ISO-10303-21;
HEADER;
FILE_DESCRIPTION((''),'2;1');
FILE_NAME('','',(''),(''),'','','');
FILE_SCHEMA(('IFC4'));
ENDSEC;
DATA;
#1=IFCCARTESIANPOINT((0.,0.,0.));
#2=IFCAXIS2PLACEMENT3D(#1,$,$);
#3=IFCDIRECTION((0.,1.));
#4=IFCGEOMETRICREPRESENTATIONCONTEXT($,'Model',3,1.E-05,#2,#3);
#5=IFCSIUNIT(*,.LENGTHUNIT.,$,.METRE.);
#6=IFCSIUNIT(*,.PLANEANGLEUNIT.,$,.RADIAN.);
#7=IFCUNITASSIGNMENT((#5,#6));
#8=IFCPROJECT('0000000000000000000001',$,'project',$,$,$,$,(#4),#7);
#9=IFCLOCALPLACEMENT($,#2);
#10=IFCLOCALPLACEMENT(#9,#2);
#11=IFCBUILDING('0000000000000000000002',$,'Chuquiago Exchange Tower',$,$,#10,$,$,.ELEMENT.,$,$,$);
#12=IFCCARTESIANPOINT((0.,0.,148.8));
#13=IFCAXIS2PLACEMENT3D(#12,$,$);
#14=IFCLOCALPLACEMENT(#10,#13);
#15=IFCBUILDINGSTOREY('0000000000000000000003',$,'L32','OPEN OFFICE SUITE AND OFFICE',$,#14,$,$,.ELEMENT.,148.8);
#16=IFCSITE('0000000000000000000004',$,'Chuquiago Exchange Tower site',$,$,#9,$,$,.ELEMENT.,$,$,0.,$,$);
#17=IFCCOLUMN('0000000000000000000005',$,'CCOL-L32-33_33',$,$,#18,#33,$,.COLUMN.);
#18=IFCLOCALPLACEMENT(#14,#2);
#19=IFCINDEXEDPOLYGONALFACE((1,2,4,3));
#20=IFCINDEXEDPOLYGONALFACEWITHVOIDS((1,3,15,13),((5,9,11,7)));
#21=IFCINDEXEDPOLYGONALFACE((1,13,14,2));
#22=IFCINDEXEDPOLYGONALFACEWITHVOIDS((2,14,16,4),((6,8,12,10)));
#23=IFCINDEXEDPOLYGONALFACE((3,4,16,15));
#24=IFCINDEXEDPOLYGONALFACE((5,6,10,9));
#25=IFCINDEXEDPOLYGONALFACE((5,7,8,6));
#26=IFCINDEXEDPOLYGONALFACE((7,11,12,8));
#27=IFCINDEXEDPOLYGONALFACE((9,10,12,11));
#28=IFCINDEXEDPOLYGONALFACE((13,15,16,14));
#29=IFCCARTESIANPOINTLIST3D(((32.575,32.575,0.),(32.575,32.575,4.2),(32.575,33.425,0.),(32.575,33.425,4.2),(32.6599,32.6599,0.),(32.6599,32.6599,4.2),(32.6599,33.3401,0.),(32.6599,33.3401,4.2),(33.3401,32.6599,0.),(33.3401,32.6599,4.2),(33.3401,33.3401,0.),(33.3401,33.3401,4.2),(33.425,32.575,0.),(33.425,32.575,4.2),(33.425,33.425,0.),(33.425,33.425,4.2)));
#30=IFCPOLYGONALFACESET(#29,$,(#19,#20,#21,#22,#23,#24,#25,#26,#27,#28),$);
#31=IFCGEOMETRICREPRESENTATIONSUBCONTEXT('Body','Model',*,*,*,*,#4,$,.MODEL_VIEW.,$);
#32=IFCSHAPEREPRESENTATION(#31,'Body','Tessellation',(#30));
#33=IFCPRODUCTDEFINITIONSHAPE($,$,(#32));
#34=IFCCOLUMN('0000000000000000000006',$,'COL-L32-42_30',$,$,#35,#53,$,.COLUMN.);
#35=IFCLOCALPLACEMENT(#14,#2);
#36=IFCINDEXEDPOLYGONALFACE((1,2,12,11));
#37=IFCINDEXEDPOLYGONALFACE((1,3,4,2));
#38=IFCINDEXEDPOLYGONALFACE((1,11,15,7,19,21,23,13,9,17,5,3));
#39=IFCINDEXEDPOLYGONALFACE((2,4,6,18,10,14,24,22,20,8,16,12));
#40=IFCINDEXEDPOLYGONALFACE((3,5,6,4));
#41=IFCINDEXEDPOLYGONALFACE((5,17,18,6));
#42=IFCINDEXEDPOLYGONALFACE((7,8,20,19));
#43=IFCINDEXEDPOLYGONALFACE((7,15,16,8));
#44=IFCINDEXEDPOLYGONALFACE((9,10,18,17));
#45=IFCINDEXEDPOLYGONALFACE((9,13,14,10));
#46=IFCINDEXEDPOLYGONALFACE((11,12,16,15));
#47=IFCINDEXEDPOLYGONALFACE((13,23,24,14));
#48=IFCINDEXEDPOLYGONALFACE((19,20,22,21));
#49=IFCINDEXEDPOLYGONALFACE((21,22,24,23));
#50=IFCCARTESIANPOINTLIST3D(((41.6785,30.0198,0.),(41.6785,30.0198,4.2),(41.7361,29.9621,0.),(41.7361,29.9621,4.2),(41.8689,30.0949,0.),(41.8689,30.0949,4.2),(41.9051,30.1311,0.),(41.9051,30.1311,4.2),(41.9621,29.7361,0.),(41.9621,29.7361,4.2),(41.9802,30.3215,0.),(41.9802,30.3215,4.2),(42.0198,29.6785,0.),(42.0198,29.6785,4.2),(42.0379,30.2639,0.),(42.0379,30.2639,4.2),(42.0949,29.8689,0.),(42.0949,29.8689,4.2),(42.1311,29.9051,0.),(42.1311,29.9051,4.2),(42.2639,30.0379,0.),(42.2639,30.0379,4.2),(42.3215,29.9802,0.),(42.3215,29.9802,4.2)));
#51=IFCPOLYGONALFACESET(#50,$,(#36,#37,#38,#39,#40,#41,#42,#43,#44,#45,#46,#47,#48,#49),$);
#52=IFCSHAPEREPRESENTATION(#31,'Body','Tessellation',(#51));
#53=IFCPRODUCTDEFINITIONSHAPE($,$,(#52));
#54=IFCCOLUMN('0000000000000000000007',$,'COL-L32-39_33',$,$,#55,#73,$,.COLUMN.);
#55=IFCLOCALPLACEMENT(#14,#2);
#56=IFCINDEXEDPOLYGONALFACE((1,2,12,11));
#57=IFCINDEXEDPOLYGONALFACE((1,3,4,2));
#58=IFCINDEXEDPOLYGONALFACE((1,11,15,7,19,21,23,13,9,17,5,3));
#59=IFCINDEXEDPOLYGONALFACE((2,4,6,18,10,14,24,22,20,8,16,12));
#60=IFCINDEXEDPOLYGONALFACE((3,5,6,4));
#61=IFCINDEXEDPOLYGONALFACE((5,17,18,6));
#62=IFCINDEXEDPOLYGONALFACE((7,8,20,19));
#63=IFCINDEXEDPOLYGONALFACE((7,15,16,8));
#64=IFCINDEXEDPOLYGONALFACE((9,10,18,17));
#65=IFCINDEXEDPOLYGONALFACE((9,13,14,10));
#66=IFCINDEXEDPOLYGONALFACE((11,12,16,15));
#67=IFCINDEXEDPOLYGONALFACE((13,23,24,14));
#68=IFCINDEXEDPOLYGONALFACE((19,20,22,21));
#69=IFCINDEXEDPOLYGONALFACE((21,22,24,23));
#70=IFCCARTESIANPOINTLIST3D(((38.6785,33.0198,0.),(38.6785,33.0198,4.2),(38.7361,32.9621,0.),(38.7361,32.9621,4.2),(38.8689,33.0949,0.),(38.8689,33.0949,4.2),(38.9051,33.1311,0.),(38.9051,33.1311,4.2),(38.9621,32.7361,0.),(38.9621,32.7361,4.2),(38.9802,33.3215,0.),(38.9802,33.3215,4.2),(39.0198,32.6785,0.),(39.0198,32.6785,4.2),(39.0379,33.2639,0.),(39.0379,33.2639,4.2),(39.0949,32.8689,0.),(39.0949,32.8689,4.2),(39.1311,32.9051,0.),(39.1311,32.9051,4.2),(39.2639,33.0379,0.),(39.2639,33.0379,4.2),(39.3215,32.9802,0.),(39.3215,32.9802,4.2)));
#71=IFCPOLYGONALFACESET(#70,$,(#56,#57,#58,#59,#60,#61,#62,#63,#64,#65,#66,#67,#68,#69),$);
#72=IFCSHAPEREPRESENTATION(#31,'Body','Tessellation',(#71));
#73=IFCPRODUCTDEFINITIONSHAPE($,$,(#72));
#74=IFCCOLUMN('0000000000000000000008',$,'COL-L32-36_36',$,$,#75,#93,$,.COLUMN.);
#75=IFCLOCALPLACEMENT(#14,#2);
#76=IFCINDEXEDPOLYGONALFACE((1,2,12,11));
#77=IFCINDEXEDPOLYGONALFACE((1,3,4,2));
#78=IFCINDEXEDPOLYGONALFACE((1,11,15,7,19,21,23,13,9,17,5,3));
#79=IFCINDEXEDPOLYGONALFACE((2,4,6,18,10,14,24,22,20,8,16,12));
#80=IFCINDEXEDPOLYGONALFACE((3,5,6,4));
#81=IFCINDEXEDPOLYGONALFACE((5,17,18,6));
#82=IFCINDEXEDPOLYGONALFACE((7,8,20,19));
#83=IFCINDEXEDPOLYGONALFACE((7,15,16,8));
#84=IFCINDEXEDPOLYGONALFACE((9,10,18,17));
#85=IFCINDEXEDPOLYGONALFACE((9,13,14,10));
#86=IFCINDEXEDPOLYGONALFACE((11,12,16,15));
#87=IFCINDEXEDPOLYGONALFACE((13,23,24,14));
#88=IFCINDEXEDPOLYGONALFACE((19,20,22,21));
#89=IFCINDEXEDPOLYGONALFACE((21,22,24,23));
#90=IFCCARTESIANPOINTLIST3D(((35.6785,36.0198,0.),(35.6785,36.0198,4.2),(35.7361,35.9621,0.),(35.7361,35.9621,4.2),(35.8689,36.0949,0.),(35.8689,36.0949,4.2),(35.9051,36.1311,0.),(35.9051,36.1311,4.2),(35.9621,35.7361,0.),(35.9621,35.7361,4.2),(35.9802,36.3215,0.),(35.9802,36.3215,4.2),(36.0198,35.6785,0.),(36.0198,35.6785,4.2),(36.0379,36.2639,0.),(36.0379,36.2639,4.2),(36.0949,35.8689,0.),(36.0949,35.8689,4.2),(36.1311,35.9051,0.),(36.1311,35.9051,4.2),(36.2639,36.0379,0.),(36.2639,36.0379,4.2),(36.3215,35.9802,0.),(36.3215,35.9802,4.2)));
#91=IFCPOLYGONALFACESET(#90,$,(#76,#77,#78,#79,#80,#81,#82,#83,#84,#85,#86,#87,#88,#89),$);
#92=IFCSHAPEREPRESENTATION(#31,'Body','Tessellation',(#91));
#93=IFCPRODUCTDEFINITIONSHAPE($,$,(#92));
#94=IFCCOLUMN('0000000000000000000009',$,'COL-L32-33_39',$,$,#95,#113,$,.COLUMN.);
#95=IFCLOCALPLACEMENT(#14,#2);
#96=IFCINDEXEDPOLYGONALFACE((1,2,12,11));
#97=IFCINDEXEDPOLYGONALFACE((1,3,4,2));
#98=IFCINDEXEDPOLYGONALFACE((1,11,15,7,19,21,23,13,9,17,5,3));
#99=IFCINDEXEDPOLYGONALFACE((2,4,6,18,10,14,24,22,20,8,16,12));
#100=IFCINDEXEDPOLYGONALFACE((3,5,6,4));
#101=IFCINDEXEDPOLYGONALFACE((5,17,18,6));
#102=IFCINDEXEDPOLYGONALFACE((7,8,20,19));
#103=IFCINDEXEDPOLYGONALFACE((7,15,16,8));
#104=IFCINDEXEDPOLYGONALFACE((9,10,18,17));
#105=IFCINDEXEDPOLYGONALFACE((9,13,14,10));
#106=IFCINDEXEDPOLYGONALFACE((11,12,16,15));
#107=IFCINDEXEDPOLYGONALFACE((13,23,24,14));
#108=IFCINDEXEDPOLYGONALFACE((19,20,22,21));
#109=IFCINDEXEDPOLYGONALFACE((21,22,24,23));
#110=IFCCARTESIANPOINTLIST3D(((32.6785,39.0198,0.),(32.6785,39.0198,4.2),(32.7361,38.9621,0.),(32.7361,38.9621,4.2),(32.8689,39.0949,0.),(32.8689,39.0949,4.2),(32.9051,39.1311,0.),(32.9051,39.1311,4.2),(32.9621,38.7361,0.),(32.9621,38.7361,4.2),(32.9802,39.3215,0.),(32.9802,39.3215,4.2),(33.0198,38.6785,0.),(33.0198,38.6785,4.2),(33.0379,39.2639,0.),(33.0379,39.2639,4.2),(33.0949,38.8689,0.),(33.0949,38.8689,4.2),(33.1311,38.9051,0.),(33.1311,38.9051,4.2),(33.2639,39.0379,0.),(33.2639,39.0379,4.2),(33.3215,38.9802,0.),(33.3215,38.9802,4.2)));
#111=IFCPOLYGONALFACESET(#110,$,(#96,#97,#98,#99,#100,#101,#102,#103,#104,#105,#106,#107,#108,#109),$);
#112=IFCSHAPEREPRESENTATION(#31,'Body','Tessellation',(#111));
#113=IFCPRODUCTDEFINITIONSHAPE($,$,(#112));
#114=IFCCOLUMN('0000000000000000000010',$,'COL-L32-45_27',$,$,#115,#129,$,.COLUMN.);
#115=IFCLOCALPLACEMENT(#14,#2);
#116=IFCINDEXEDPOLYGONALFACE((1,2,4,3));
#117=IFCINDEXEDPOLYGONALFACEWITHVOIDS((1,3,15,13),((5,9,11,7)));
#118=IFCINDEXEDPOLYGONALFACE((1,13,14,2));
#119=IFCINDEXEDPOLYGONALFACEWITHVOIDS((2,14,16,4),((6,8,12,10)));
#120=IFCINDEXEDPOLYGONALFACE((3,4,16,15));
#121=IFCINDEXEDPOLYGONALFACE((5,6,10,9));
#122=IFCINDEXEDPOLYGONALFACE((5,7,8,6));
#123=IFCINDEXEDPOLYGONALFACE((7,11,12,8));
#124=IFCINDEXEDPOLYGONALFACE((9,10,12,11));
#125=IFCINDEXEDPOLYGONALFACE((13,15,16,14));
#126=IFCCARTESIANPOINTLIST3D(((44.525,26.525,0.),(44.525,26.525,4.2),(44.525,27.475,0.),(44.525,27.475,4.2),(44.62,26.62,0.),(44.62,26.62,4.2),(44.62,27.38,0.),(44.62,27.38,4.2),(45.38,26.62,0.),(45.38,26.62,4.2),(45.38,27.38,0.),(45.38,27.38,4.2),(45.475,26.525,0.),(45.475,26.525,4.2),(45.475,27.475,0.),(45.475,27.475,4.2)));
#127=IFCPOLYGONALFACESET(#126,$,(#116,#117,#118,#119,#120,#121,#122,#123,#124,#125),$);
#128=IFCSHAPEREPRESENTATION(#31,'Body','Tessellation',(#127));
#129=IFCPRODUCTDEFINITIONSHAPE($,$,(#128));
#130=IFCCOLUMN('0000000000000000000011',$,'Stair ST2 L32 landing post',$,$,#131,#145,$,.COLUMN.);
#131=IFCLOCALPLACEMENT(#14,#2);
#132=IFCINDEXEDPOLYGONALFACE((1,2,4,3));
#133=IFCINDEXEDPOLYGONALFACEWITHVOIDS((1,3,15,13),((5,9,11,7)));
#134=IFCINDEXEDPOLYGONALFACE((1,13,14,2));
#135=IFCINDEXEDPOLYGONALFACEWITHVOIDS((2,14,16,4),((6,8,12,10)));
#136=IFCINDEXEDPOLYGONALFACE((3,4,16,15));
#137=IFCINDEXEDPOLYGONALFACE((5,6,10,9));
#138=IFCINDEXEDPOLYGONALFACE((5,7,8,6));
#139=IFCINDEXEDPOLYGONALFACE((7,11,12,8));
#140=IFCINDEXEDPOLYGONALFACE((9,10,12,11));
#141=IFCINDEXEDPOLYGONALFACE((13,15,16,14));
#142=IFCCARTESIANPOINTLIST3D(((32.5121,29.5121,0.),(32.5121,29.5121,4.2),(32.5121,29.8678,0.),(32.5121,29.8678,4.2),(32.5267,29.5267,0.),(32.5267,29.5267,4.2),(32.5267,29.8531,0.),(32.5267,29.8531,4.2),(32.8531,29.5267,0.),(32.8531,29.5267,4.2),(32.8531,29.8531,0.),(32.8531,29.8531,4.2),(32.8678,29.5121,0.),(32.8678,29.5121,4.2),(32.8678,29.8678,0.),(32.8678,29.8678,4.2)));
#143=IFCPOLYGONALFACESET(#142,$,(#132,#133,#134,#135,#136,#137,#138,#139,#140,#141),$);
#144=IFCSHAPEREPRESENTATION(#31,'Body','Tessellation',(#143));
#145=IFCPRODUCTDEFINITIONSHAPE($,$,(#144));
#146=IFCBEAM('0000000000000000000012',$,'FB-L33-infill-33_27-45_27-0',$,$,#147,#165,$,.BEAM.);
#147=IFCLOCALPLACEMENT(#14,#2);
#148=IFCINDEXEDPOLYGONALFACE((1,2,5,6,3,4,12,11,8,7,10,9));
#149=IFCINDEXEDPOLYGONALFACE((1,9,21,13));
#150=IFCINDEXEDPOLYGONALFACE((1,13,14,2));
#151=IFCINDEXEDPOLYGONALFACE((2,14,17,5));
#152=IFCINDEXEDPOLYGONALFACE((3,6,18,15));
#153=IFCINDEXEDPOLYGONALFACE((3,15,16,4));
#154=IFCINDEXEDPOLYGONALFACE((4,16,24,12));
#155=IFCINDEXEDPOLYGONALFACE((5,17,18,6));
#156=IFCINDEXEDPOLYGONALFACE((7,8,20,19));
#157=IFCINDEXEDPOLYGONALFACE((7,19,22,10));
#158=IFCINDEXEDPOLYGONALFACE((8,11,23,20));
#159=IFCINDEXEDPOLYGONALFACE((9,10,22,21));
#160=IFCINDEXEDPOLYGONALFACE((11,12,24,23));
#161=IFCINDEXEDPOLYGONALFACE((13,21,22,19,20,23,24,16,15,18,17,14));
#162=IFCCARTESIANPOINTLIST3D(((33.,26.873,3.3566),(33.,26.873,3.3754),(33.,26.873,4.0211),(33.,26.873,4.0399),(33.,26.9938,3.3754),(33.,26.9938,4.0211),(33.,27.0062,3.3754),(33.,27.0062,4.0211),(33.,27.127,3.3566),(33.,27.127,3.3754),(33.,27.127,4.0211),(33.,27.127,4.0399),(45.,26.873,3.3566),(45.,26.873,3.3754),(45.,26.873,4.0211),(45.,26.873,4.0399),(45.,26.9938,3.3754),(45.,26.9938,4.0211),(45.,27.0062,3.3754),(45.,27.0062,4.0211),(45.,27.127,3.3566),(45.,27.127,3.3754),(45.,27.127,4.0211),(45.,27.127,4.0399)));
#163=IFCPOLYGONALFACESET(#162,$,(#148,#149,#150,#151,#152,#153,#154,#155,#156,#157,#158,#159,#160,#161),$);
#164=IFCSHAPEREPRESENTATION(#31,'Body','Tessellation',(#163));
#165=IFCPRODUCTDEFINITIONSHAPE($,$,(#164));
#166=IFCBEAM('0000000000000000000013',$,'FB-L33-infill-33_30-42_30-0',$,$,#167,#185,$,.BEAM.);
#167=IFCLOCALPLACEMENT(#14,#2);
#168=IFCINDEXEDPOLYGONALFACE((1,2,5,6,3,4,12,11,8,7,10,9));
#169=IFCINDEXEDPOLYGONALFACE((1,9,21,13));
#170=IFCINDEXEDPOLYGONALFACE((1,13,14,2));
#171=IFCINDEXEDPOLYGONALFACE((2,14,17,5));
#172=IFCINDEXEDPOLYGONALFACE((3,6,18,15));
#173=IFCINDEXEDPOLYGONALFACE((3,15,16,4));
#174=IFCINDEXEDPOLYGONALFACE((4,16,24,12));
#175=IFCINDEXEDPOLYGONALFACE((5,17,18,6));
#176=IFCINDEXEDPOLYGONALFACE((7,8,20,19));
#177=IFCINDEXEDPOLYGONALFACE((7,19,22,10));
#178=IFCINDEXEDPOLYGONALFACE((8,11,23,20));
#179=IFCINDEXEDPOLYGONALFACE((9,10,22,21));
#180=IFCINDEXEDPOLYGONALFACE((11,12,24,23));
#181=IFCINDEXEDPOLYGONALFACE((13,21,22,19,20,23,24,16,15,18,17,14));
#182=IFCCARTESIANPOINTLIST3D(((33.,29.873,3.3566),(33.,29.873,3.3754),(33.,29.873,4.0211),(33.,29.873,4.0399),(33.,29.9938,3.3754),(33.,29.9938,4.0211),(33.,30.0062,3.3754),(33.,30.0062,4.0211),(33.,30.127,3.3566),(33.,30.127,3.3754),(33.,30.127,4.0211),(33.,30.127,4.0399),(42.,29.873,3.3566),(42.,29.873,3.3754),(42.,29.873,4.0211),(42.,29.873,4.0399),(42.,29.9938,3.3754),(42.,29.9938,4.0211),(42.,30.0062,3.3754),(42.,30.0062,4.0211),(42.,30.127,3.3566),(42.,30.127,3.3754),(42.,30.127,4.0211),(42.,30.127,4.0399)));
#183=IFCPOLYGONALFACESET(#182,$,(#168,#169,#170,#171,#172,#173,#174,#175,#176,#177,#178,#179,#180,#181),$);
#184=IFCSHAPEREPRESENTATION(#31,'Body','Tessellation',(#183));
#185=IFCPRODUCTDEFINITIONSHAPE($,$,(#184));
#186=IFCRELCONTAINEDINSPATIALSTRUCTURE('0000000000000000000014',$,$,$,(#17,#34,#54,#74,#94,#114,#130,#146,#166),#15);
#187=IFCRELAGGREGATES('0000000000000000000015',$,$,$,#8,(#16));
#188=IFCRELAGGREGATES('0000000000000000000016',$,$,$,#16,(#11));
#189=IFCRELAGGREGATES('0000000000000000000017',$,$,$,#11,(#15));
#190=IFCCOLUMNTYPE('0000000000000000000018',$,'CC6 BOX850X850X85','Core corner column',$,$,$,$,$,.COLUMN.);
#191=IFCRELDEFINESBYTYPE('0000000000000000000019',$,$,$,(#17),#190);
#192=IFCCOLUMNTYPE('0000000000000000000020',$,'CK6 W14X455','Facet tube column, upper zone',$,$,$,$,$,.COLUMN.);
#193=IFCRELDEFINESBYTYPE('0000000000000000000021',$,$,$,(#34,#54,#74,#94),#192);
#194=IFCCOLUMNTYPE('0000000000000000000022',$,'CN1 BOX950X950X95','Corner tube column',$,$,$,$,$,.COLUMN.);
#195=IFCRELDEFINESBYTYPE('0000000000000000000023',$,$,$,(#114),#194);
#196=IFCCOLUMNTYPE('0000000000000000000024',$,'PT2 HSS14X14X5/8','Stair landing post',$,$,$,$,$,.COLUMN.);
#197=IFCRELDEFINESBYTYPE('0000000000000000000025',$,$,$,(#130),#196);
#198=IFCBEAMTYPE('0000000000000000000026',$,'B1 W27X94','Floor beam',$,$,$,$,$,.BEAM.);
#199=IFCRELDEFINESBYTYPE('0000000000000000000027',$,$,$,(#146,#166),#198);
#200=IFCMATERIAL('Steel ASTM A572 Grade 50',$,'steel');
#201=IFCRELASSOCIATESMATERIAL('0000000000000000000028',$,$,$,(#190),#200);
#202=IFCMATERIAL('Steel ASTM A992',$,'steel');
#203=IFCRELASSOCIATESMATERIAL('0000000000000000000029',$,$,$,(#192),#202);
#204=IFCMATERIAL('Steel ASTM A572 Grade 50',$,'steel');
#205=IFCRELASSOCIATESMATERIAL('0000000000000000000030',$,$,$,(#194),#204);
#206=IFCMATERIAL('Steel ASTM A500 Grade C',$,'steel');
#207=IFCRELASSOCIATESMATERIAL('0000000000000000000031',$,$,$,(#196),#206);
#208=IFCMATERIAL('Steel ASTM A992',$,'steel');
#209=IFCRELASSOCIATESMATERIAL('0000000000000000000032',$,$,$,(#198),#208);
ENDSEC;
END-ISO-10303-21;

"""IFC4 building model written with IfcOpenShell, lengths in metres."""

from ifc_helpers import new_model, si_unit, direction, frame, origin, origin_2d, place, context, subcontext, project, spatial, hollow_rectangle, i_section, extrude, material, material_profile, profile_set, type_object, element, save


model = new_model("IFC4")

# Units and contexts
model_context = context("Model", 3, precision=1e-05, world=origin(), true_north=direction((0.0, 1.0)))
body_context = subcontext(model_context, "Body", "Model", "MODEL_VIEW")
ifc_project = project(units=[si_unit("LENGTHUNIT", "METRE"), si_unit("PLANEANGLEUNIT", "RADIAN")], contexts=[model_context])

# Site, building, storey
site_placement = place(None, origin())
site = spatial("IfcSite", under=ifc_project, at=site_placement, Name="Chuquiago Exchange Tower site", CompositionType="ELEMENT", RefElevation=0.0)
building_placement = place(site_placement, origin())
building = spatial("IfcBuilding", under=site, at=building_placement, Name="Chuquiago Exchange Tower", CompositionType="ELEMENT")
storey_placement = place(building_placement, frame((0.0, 0.0, 148.8)))
storey = spatial("IfcBuildingStorey", under=building, at=storey_placement, Name="L32", Description="OPEN OFFICE SUITE AND OFFICE", CompositionType="ELEMENT", Elevation=148.8)

# Columns
ifc_material_1 = material(Name="Steel ASTM A572 Grade 50", Category="steel")
ifc_material_profile_1 = material_profile(ifc_material_1, hollow_rectangle(XDim=0.8501, YDim=0.8501, WallThickness=0.085, at=origin_2d()), Name="BOX850X850X85")
ifc_profile_set_1 = profile_set([ifc_material_profile_1], Name="Steel ASTM A572 Grade 50")
column_type_1 = type_object("IfcColumnType", Name="CC6 BOX850X850X85", Description="Core corner column", PredefinedType="COLUMN", material=ifc_profile_set_1)
column_1_placement = place(storey_placement, frame((33.0, 33.0, 0.0), z_axis=(0.0, 0.0, 1.0), x_axis=(1.0, 0.0, 0.0)))
element("IfcColumn", 1, at=column_1_placement, inside=storey, type_object=column_type_1, Name="CCOL-L32-33_33", PredefinedType="COLUMN", context=body_context, shape_type="SweptSolid", body=[
    extrude(hollow_rectangle(XDim=0.8501, YDim=0.8501, WallThickness=0.085, at=origin_2d()), origin(), (0.0, 0.0, 1.0), 4.2),
])
ifc_material_2 = material(Name="Steel ASTM A992", Category="steel")
ifc_material_profile_2 = material_profile(ifc_material_2, i_section(OverallWidth=0.4268, OverallDepth=0.4827, WebThickness=0.0513, FlangeThickness=0.0815, at=origin_2d()), Name="W14X455")
ifc_profile_set_2 = profile_set([ifc_material_profile_2], Name="Steel ASTM A992")
column_type_2 = type_object("IfcColumnType", Name="CK6 W14X455", Description="Facet tube column, upper zone", PredefinedType="COLUMN", material=ifc_profile_set_2)
for number, where, z_axis, x_axis, name in (
    (2, (42.0, 30.0, 0.0), (0.0, 0.0, 1.0), (0.707107, 0.707107, 0.0), "COL-L32-42_30"),
    (3, (39.0, 33.0, 0.0), (0.0, 0.0, 1.0), (0.707107, 0.707107, 0.0), "COL-L32-39_33"),
    (4, (36.0, 36.0, 0.0), (0.0, 0.0, 1.0), (0.707107, 0.707107, 0.0), "COL-L32-36_36"),
    (5, (33.0, 39.0, 0.0), (0.0, 0.0, 1.0), (0.707107, 0.707107, 0.0), "COL-L32-33_39"),
):
    element("IfcColumn", number, at=place(storey_placement, frame(where, z_axis=z_axis, x_axis=x_axis)), inside=storey, type_object=column_type_2, Name=name, PredefinedType="COLUMN", context=body_context, shape_type="SweptSolid", body=[
        extrude(i_section(OverallWidth=0.4268, OverallDepth=0.4827, WebThickness=0.0513, FlangeThickness=0.0815, at=origin_2d()), origin(), (0.0, 0.0, 1.0), 4.2),
    ])
ifc_material_3 = material(Name="Steel ASTM A572 Grade 50", Category="steel")
ifc_material_profile_3 = material_profile(ifc_material_3, hollow_rectangle(XDim=0.95, YDim=0.95, WallThickness=0.095, at=origin_2d()), Name="BOX950X950X95")
ifc_profile_set_3 = profile_set([ifc_material_profile_3], Name="Steel ASTM A572 Grade 50")
column_type_3 = type_object("IfcColumnType", Name="CN1 BOX950X950X95", Description="Corner tube column", PredefinedType="COLUMN", material=ifc_profile_set_3)
column_2_placement = place(storey_placement, frame((45.0, 27.0, 0.0), z_axis=(0.0, 0.0, 1.0), x_axis=(1.0, 0.0, 0.0)))
element("IfcColumn", 6, at=column_2_placement, inside=storey, type_object=column_type_3, Name="COL-L32-45_27", PredefinedType="COLUMN", context=body_context, shape_type="SweptSolid", body=[
    extrude(hollow_rectangle(XDim=0.95, YDim=0.95, WallThickness=0.095, at=origin_2d()), origin(), (0.0, 0.0, 1.0), 4.2),
])
ifc_material_4 = material(Name="Steel ASTM A500 Grade C", Category="steel")
ifc_material_profile_4 = material_profile(ifc_material_4, hollow_rectangle(XDim=0.3557, YDim=0.3557, WallThickness=0.0146, at=origin_2d()), Name="HSS14X14X5/8")
ifc_profile_set_4 = profile_set([ifc_material_profile_4], Name="Steel ASTM A500 Grade C")
column_type_4 = type_object("IfcColumnType", Name="PT2 HSS14X14X5/8", Description="Stair landing post", PredefinedType="COLUMN", material=ifc_profile_set_4)
column_3_placement = place(storey_placement, frame((32.6899, 29.6899, 0.0), z_axis=(0.0, 0.0, 1.0), x_axis=(1.0, 0.0, 0.0)))
element("IfcColumn", 7, at=column_3_placement, inside=storey, type_object=column_type_4, Name="Stair ST2 L32 landing post", PredefinedType="COLUMN", context=body_context, shape_type="SweptSolid", body=[
    extrude(hollow_rectangle(XDim=0.3557, YDim=0.3557, WallThickness=0.0146, at=origin_2d()), origin(), (0.0, 0.0, 1.0), 4.2),
])

# Beams
ifc_material_5 = material(Name="Steel ASTM A992", Category="steel")
ifc_material_profile_5 = material_profile(ifc_material_5, i_section(OverallWidth=0.2539, OverallDepth=0.6833, WebThickness=0.0125, FlangeThickness=0.0188, at=origin_2d()), Name="W27X94")
ifc_profile_set_5 = profile_set([ifc_material_profile_5], Name="Steel ASTM A992")
beam_type_1 = type_object("IfcBeamType", Name="B1 W27X94", Description="Floor beam", PredefinedType="BEAM", material=ifc_profile_set_5)
beam_1_placement = place(storey_placement, frame((33.0, 27.0, 3.6982), z_axis=(1.0, 0.0, 0.0), x_axis=(0.0, 1.0, 0.0)))
element("IfcBeam", 8, at=beam_1_placement, inside=storey, type_object=beam_type_1, Name="FB-L33-infill-33_27-45_27-0", PredefinedType="BEAM", context=body_context, shape_type="SweptSolid", body=[
    extrude(i_section(OverallWidth=0.2539, OverallDepth=0.6833, WebThickness=0.0125, FlangeThickness=0.0188, at=origin_2d()), origin(), (0.0, 0.0, 1.0), 12.0),
])
beam_2_placement = place(storey_placement, frame((33.0, 30.0, 3.6982), z_axis=(1.0, 0.0, 0.0), x_axis=(0.0, 1.0, 0.0)))
element("IfcBeam", 9, at=beam_2_placement, inside=storey, type_object=beam_type_1, Name="FB-L33-infill-33_30-42_30-0", PredefinedType="BEAM", context=body_context, shape_type="SweptSolid", body=[
    extrude(i_section(OverallWidth=0.2539, OverallDepth=0.6833, WebThickness=0.0125, FlangeThickness=0.0188, at=origin_2d()), origin(), (0.0, 0.0, 1.0), 9.0),
])

save(model, "model.ifc")
